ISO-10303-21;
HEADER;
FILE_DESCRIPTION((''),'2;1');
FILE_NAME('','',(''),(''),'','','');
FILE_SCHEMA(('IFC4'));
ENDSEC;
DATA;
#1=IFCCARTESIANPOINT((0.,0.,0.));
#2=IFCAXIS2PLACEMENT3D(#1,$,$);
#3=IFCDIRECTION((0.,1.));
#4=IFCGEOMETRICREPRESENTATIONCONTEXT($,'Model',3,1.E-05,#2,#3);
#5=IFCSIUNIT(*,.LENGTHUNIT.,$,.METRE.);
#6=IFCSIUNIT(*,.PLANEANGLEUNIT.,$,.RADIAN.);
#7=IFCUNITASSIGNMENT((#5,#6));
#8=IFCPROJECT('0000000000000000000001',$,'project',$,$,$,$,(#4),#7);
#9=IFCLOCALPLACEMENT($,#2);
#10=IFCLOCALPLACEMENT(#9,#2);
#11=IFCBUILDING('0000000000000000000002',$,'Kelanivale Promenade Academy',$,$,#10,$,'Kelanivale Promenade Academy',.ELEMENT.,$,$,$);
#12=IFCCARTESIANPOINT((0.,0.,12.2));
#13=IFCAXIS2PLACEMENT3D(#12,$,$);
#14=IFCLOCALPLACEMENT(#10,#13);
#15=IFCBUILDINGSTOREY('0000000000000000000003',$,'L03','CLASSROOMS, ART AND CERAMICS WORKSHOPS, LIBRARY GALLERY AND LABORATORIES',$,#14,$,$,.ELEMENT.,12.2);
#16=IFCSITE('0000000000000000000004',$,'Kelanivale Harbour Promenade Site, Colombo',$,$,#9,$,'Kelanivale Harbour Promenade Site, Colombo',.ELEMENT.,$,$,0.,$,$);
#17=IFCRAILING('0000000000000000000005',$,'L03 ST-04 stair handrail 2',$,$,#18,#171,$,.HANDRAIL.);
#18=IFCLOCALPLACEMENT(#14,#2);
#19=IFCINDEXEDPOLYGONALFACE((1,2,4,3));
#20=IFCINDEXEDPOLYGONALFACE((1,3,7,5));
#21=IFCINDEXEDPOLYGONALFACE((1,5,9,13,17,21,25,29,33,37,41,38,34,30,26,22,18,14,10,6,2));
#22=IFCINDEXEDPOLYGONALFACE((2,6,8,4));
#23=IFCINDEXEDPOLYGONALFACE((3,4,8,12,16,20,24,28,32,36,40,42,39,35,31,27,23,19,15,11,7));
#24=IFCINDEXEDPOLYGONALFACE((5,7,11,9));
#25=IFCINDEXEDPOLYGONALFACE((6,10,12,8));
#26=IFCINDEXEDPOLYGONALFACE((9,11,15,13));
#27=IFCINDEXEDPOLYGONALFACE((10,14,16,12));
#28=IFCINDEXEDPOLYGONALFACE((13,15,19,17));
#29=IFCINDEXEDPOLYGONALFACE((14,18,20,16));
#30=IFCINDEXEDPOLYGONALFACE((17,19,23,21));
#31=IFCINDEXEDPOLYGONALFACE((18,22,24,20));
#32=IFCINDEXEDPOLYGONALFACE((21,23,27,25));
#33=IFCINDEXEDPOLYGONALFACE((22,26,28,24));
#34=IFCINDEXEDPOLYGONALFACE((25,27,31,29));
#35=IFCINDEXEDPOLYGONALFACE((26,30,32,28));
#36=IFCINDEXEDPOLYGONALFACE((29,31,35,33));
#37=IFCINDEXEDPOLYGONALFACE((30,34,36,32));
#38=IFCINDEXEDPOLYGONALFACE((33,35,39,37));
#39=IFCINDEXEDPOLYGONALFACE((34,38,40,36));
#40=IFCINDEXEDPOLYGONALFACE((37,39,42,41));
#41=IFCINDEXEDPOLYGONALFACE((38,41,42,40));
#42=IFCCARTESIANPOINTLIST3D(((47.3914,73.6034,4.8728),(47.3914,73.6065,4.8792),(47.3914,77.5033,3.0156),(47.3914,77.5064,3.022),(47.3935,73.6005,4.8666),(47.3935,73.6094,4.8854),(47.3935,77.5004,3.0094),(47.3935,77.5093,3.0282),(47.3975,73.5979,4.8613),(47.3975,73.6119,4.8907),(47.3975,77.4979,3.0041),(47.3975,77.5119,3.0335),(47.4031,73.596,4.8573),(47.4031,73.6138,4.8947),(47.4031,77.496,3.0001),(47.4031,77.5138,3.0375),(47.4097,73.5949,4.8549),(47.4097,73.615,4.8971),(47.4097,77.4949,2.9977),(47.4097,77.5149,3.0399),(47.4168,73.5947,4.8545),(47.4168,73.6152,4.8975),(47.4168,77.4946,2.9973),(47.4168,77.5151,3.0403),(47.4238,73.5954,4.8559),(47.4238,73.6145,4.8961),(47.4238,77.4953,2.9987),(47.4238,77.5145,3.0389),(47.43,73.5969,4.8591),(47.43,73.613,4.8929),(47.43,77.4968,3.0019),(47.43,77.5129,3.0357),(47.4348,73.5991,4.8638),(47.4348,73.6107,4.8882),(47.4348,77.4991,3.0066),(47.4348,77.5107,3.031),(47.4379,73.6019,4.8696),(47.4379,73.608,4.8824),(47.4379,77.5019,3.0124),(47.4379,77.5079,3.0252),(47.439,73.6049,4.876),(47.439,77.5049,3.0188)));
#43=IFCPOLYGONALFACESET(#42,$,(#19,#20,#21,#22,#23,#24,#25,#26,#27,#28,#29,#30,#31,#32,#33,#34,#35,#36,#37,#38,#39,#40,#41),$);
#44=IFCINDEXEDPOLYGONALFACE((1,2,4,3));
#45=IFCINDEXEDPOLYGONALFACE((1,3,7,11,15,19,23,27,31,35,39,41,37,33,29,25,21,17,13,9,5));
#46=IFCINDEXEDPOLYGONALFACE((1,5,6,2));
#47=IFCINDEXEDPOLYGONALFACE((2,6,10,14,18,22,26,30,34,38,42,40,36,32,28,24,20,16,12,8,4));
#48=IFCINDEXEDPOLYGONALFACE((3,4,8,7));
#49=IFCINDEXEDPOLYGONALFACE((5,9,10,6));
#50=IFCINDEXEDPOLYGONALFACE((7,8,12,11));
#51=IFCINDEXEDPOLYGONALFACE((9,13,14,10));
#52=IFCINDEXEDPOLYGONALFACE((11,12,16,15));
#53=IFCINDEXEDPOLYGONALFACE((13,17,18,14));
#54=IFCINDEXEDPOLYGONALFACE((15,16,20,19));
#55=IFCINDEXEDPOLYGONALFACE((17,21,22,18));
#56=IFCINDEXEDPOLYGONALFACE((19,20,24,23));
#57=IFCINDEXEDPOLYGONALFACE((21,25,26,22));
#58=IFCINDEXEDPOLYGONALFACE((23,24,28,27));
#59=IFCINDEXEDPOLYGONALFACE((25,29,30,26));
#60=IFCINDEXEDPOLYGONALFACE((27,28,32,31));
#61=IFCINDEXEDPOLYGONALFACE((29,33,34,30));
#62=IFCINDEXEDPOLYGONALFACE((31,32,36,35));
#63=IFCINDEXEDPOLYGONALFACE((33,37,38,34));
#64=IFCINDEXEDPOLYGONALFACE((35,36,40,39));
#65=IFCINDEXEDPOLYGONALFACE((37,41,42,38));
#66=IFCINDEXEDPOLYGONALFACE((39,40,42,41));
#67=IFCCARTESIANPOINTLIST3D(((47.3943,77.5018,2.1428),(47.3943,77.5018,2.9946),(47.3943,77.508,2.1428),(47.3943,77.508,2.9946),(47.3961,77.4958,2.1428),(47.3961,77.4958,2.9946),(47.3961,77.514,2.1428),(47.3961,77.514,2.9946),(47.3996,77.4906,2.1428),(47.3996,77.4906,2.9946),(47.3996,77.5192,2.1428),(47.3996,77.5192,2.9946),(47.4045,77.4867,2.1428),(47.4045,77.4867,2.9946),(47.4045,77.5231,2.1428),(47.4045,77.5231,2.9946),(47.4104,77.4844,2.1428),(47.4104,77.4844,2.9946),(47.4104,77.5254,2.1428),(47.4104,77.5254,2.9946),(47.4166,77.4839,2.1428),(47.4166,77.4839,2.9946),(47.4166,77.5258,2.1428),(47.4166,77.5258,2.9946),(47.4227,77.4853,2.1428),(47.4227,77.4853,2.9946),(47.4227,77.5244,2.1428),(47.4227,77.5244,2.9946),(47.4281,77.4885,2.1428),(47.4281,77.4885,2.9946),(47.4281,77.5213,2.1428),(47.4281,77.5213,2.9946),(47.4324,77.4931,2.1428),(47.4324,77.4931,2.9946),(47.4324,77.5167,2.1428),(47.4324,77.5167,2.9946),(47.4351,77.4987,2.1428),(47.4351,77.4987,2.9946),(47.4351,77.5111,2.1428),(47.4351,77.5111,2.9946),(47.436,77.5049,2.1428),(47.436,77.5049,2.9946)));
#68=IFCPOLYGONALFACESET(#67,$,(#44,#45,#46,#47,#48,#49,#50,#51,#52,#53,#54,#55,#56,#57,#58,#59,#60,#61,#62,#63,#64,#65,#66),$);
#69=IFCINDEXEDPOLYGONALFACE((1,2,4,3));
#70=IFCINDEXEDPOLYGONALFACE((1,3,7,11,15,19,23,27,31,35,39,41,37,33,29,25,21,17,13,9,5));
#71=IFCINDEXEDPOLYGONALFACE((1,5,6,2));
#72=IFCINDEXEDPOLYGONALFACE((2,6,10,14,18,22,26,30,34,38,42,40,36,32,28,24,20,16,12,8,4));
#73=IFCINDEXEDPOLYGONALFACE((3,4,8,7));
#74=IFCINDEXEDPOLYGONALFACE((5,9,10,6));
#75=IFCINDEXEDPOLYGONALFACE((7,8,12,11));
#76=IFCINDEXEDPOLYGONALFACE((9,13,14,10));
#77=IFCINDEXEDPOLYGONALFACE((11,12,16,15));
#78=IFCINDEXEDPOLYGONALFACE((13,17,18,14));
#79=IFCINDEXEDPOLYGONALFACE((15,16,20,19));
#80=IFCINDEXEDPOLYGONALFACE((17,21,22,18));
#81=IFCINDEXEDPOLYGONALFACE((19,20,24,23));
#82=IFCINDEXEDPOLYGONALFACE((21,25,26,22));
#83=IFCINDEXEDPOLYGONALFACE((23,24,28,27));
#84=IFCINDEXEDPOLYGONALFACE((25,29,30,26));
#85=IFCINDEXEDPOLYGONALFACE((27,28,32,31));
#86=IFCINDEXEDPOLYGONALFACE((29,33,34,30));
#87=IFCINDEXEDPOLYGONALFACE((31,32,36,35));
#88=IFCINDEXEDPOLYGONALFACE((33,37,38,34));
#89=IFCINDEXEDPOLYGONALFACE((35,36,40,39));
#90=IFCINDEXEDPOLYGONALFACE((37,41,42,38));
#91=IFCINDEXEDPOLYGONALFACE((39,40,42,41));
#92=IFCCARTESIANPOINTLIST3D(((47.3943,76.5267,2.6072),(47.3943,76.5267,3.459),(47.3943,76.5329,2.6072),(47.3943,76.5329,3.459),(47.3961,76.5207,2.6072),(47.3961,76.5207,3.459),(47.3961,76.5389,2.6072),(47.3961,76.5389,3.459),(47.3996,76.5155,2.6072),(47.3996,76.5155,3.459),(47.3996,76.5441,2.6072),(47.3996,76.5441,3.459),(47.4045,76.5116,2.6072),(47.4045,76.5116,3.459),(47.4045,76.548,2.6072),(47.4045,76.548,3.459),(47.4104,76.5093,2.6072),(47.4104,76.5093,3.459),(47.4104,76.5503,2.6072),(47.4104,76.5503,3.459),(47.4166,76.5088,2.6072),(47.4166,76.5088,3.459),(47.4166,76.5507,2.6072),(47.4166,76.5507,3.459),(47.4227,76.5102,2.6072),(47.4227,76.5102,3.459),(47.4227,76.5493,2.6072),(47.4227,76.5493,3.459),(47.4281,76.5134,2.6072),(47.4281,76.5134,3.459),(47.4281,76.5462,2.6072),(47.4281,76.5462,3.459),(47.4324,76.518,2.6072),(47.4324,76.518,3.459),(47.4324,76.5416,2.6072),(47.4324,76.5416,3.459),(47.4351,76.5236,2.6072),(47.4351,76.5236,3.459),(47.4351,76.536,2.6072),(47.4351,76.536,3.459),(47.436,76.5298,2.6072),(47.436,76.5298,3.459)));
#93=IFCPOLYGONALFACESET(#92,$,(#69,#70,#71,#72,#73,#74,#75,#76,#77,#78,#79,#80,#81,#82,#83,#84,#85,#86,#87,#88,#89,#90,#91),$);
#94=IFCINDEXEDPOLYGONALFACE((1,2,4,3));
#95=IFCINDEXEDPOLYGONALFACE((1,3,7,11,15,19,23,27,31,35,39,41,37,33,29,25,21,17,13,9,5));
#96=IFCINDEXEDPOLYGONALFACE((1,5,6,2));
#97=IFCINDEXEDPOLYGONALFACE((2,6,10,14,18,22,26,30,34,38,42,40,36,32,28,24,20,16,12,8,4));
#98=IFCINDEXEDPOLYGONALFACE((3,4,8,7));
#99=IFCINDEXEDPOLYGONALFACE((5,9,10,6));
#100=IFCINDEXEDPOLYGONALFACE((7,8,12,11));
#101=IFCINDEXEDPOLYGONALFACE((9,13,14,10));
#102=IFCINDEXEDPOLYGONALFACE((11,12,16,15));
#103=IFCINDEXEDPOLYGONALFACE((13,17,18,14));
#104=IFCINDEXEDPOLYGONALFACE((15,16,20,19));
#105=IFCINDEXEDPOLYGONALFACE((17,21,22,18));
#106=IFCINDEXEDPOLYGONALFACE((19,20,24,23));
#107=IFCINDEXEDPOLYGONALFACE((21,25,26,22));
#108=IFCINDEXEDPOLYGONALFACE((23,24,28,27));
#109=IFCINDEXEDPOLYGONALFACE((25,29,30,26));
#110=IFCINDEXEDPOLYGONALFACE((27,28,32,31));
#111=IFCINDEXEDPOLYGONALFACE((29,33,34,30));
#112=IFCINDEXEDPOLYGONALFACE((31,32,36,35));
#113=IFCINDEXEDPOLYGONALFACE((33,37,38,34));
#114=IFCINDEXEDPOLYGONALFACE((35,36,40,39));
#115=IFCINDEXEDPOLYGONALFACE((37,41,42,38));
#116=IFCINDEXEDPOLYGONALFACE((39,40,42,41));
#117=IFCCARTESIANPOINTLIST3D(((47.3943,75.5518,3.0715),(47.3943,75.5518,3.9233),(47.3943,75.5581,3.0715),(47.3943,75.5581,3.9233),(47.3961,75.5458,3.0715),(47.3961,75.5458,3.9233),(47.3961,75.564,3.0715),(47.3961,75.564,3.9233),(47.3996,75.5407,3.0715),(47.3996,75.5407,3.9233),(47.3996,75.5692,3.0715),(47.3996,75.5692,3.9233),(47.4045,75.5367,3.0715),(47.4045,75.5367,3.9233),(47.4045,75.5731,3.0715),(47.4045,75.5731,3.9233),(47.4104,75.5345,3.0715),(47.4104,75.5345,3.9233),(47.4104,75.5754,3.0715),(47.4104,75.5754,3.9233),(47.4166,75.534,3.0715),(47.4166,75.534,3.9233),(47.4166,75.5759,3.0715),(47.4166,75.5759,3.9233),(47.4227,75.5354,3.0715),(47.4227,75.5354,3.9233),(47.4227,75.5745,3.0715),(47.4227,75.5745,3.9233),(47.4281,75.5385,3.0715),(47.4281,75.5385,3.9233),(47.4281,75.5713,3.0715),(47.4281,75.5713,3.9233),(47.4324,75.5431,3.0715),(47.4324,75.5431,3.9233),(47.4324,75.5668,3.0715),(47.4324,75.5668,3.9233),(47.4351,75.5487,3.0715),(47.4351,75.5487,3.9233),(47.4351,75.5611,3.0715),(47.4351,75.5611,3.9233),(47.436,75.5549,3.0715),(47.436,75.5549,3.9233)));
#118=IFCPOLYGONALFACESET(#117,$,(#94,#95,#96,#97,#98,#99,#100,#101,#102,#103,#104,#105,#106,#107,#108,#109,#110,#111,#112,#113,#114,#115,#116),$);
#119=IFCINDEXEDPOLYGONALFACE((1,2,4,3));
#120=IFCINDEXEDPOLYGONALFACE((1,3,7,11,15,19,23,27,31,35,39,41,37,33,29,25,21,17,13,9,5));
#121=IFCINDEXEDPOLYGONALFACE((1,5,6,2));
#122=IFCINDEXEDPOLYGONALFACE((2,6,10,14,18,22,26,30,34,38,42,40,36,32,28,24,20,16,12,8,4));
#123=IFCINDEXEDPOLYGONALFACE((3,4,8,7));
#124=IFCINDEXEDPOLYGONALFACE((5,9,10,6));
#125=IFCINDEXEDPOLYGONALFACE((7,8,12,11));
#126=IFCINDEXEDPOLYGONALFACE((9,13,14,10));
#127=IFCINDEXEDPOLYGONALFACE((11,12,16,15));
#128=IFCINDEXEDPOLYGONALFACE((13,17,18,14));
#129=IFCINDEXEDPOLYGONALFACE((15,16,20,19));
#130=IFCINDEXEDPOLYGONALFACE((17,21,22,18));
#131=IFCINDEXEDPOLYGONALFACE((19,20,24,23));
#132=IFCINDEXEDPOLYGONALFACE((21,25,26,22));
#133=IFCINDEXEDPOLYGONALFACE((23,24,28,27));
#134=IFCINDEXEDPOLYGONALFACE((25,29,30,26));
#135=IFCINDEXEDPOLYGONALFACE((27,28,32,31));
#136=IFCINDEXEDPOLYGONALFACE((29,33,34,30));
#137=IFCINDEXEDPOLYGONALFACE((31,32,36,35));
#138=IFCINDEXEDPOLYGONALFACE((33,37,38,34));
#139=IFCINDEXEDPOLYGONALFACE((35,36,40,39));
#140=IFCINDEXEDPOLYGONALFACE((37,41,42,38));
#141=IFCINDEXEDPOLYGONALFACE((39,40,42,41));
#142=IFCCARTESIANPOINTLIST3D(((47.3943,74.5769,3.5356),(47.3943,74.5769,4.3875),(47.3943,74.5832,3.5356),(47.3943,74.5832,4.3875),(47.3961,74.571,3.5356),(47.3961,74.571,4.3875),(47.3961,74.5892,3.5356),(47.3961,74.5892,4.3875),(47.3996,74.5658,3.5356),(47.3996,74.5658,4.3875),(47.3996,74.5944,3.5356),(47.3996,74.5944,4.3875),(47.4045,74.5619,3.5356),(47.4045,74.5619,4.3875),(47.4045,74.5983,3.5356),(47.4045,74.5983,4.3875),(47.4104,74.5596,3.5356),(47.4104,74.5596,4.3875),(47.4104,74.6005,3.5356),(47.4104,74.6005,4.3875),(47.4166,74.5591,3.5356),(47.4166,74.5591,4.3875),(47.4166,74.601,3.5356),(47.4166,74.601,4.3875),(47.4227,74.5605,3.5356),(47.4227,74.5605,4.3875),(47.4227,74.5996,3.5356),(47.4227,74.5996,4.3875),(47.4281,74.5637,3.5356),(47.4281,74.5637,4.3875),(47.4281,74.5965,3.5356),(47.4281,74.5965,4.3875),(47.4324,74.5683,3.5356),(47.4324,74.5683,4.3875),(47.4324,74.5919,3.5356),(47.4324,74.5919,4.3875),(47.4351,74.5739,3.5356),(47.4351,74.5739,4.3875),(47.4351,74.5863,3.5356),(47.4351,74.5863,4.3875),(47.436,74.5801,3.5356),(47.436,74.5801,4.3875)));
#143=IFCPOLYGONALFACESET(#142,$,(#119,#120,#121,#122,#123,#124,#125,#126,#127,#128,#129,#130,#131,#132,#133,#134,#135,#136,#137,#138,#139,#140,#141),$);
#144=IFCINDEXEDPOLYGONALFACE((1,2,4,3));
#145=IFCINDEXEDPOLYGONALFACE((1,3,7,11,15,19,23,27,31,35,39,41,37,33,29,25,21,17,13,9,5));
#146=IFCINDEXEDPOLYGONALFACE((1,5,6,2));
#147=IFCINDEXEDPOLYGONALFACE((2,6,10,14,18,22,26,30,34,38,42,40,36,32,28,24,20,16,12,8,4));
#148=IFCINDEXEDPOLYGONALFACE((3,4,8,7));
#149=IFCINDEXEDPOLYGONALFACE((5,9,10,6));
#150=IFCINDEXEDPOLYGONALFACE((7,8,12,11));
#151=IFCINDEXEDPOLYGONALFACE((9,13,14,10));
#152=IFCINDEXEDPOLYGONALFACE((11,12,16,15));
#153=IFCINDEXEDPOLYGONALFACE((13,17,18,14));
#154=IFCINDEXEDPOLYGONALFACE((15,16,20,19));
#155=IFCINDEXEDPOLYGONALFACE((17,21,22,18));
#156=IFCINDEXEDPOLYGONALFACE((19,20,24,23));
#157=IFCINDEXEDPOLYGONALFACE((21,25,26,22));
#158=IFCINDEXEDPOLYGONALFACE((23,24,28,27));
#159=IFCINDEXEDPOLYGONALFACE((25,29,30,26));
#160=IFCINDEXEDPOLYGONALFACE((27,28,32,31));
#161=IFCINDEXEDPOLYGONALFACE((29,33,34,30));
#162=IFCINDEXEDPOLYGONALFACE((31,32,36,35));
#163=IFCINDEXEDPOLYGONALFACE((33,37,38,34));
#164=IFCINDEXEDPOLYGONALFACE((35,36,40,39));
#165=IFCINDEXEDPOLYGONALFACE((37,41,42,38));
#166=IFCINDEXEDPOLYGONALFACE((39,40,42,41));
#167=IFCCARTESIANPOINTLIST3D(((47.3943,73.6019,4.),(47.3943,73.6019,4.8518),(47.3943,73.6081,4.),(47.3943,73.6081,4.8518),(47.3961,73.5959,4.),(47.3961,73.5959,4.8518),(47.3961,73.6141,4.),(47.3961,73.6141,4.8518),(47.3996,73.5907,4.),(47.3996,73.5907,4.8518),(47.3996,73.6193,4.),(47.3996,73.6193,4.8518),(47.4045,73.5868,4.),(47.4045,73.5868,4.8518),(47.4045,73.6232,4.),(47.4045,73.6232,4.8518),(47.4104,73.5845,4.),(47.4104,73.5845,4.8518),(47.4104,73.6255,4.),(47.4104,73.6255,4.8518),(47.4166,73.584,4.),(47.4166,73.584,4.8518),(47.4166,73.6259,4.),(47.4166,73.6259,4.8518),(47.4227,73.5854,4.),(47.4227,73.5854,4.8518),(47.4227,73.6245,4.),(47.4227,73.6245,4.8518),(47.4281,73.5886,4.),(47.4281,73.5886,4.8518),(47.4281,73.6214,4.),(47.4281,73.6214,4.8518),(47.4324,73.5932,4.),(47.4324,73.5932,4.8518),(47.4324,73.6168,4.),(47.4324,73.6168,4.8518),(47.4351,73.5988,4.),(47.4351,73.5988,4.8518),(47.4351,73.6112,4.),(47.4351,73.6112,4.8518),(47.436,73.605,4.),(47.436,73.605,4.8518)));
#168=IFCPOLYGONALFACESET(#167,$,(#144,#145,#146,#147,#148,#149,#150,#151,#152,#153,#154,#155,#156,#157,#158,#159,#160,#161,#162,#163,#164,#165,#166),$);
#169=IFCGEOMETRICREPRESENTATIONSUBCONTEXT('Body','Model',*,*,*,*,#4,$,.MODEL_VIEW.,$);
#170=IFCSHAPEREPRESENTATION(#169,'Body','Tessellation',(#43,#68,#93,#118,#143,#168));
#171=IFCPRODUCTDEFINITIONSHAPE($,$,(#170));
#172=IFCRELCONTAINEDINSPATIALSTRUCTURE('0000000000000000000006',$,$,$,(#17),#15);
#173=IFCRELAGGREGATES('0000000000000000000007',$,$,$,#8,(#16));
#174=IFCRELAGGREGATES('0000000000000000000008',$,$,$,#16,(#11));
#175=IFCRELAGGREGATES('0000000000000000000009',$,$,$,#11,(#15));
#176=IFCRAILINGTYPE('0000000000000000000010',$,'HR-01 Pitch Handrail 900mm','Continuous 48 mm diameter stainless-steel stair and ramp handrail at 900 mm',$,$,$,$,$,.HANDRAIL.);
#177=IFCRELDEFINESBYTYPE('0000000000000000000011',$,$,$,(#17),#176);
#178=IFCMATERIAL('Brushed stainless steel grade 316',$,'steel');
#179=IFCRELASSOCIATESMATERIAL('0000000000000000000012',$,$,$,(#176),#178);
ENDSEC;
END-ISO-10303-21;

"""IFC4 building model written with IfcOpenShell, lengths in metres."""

from ifc_helpers import new_model, si_unit, direction, frame, origin, origin_2d, place, context, subcontext, project, spatial, circle, extrude, material, type_object, element, save


model = new_model("IFC4")

# Units and contexts
model_context = context("Model", 3, precision=1e-05, world=origin(), true_north=direction((0.0, 1.0)))
body_context = subcontext(model_context, "Body", "Model", "MODEL_VIEW")
ifc_project = project(units=[si_unit("LENGTHUNIT", "METRE"), si_unit("PLANEANGLEUNIT", "RADIAN")], contexts=[model_context])

# Site, building, storey
site_placement = place(None, origin())
site = spatial("IfcSite", under=ifc_project, at=site_placement, Name="Kelanivale Harbour Promenade Site, Colombo", LongName="Kelanivale Harbour Promenade Site, Colombo", CompositionType="ELEMENT", RefElevation=0.0)
building_placement = place(site_placement, origin())
building = spatial("IfcBuilding", under=site, at=building_placement, Name="Kelanivale Promenade Academy", LongName="Kelanivale Promenade Academy", CompositionType="ELEMENT")
storey_placement = place(building_placement, frame((0.0, 0.0, 12.2)))
storey = spatial("IfcBuildingStorey", under=building, at=storey_placement, Name="L03", Description="CLASSROOMS, ART AND CERAMICS WORKSHOPS, LIBRARY GALLERY AND LABORATORIES", CompositionType="ELEMENT", Elevation=12.2)

# Railing
ifc_material_1 = material(Name="Brushed stainless steel grade 316", Category="steel")
railing_type_1 = type_object("IfcRailingType", Name="HR-01 Pitch Handrail 900mm", Description="Continuous 48 mm diameter stainless-steel stair and ramp handrail at 900 mm", PredefinedType="HANDRAIL", material=ifc_material_1)
railing_1_placement = place(storey_placement, frame((47.415, 77.5049, 2.1428)))
element("IfcRailing", 1, at=railing_1_placement, inside=storey, type_object=railing_type_1, Name="L03 ST-04 stair handrail 2", PredefinedType="HANDRAIL", context=body_context, shape_type="SweptSolid", body=[
    extrude(circle(Radius=0.0239, at=origin_2d()), frame((0.0, 0.0, 0.876), z_axis=(0.0, -0.902853, 0.429949), x_axis=(1.0, 0.0, 0.0)), (0.0, 0.0, 1.0), 4.3196),
    extrude(circle(Radius=0.021, at=origin_2d()), origin(), (0.0, 0.0, 1.0), 0.8518),
    extrude(circle(Radius=0.021, at=origin_2d()), frame((0.0, -0.9751, 0.4644)), (0.0, 0.0, 1.0), 0.8518),
    extrude(circle(Radius=0.021, at=origin_2d()), frame((0.0, -1.95, 0.9287)), (0.0, 0.0, 1.0), 0.8518),
    extrude(circle(Radius=0.021, at=origin_2d()), frame((0.0, -2.9248, 1.3928)), (0.0, 0.0, 1.0), 0.8518),
    extrude(circle(Radius=0.021, at=origin_2d()), frame((0.0, -3.8999, 1.8572)), (0.0, 0.0, 1.0), 0.8518),
])

save(model, "model.ifc")
